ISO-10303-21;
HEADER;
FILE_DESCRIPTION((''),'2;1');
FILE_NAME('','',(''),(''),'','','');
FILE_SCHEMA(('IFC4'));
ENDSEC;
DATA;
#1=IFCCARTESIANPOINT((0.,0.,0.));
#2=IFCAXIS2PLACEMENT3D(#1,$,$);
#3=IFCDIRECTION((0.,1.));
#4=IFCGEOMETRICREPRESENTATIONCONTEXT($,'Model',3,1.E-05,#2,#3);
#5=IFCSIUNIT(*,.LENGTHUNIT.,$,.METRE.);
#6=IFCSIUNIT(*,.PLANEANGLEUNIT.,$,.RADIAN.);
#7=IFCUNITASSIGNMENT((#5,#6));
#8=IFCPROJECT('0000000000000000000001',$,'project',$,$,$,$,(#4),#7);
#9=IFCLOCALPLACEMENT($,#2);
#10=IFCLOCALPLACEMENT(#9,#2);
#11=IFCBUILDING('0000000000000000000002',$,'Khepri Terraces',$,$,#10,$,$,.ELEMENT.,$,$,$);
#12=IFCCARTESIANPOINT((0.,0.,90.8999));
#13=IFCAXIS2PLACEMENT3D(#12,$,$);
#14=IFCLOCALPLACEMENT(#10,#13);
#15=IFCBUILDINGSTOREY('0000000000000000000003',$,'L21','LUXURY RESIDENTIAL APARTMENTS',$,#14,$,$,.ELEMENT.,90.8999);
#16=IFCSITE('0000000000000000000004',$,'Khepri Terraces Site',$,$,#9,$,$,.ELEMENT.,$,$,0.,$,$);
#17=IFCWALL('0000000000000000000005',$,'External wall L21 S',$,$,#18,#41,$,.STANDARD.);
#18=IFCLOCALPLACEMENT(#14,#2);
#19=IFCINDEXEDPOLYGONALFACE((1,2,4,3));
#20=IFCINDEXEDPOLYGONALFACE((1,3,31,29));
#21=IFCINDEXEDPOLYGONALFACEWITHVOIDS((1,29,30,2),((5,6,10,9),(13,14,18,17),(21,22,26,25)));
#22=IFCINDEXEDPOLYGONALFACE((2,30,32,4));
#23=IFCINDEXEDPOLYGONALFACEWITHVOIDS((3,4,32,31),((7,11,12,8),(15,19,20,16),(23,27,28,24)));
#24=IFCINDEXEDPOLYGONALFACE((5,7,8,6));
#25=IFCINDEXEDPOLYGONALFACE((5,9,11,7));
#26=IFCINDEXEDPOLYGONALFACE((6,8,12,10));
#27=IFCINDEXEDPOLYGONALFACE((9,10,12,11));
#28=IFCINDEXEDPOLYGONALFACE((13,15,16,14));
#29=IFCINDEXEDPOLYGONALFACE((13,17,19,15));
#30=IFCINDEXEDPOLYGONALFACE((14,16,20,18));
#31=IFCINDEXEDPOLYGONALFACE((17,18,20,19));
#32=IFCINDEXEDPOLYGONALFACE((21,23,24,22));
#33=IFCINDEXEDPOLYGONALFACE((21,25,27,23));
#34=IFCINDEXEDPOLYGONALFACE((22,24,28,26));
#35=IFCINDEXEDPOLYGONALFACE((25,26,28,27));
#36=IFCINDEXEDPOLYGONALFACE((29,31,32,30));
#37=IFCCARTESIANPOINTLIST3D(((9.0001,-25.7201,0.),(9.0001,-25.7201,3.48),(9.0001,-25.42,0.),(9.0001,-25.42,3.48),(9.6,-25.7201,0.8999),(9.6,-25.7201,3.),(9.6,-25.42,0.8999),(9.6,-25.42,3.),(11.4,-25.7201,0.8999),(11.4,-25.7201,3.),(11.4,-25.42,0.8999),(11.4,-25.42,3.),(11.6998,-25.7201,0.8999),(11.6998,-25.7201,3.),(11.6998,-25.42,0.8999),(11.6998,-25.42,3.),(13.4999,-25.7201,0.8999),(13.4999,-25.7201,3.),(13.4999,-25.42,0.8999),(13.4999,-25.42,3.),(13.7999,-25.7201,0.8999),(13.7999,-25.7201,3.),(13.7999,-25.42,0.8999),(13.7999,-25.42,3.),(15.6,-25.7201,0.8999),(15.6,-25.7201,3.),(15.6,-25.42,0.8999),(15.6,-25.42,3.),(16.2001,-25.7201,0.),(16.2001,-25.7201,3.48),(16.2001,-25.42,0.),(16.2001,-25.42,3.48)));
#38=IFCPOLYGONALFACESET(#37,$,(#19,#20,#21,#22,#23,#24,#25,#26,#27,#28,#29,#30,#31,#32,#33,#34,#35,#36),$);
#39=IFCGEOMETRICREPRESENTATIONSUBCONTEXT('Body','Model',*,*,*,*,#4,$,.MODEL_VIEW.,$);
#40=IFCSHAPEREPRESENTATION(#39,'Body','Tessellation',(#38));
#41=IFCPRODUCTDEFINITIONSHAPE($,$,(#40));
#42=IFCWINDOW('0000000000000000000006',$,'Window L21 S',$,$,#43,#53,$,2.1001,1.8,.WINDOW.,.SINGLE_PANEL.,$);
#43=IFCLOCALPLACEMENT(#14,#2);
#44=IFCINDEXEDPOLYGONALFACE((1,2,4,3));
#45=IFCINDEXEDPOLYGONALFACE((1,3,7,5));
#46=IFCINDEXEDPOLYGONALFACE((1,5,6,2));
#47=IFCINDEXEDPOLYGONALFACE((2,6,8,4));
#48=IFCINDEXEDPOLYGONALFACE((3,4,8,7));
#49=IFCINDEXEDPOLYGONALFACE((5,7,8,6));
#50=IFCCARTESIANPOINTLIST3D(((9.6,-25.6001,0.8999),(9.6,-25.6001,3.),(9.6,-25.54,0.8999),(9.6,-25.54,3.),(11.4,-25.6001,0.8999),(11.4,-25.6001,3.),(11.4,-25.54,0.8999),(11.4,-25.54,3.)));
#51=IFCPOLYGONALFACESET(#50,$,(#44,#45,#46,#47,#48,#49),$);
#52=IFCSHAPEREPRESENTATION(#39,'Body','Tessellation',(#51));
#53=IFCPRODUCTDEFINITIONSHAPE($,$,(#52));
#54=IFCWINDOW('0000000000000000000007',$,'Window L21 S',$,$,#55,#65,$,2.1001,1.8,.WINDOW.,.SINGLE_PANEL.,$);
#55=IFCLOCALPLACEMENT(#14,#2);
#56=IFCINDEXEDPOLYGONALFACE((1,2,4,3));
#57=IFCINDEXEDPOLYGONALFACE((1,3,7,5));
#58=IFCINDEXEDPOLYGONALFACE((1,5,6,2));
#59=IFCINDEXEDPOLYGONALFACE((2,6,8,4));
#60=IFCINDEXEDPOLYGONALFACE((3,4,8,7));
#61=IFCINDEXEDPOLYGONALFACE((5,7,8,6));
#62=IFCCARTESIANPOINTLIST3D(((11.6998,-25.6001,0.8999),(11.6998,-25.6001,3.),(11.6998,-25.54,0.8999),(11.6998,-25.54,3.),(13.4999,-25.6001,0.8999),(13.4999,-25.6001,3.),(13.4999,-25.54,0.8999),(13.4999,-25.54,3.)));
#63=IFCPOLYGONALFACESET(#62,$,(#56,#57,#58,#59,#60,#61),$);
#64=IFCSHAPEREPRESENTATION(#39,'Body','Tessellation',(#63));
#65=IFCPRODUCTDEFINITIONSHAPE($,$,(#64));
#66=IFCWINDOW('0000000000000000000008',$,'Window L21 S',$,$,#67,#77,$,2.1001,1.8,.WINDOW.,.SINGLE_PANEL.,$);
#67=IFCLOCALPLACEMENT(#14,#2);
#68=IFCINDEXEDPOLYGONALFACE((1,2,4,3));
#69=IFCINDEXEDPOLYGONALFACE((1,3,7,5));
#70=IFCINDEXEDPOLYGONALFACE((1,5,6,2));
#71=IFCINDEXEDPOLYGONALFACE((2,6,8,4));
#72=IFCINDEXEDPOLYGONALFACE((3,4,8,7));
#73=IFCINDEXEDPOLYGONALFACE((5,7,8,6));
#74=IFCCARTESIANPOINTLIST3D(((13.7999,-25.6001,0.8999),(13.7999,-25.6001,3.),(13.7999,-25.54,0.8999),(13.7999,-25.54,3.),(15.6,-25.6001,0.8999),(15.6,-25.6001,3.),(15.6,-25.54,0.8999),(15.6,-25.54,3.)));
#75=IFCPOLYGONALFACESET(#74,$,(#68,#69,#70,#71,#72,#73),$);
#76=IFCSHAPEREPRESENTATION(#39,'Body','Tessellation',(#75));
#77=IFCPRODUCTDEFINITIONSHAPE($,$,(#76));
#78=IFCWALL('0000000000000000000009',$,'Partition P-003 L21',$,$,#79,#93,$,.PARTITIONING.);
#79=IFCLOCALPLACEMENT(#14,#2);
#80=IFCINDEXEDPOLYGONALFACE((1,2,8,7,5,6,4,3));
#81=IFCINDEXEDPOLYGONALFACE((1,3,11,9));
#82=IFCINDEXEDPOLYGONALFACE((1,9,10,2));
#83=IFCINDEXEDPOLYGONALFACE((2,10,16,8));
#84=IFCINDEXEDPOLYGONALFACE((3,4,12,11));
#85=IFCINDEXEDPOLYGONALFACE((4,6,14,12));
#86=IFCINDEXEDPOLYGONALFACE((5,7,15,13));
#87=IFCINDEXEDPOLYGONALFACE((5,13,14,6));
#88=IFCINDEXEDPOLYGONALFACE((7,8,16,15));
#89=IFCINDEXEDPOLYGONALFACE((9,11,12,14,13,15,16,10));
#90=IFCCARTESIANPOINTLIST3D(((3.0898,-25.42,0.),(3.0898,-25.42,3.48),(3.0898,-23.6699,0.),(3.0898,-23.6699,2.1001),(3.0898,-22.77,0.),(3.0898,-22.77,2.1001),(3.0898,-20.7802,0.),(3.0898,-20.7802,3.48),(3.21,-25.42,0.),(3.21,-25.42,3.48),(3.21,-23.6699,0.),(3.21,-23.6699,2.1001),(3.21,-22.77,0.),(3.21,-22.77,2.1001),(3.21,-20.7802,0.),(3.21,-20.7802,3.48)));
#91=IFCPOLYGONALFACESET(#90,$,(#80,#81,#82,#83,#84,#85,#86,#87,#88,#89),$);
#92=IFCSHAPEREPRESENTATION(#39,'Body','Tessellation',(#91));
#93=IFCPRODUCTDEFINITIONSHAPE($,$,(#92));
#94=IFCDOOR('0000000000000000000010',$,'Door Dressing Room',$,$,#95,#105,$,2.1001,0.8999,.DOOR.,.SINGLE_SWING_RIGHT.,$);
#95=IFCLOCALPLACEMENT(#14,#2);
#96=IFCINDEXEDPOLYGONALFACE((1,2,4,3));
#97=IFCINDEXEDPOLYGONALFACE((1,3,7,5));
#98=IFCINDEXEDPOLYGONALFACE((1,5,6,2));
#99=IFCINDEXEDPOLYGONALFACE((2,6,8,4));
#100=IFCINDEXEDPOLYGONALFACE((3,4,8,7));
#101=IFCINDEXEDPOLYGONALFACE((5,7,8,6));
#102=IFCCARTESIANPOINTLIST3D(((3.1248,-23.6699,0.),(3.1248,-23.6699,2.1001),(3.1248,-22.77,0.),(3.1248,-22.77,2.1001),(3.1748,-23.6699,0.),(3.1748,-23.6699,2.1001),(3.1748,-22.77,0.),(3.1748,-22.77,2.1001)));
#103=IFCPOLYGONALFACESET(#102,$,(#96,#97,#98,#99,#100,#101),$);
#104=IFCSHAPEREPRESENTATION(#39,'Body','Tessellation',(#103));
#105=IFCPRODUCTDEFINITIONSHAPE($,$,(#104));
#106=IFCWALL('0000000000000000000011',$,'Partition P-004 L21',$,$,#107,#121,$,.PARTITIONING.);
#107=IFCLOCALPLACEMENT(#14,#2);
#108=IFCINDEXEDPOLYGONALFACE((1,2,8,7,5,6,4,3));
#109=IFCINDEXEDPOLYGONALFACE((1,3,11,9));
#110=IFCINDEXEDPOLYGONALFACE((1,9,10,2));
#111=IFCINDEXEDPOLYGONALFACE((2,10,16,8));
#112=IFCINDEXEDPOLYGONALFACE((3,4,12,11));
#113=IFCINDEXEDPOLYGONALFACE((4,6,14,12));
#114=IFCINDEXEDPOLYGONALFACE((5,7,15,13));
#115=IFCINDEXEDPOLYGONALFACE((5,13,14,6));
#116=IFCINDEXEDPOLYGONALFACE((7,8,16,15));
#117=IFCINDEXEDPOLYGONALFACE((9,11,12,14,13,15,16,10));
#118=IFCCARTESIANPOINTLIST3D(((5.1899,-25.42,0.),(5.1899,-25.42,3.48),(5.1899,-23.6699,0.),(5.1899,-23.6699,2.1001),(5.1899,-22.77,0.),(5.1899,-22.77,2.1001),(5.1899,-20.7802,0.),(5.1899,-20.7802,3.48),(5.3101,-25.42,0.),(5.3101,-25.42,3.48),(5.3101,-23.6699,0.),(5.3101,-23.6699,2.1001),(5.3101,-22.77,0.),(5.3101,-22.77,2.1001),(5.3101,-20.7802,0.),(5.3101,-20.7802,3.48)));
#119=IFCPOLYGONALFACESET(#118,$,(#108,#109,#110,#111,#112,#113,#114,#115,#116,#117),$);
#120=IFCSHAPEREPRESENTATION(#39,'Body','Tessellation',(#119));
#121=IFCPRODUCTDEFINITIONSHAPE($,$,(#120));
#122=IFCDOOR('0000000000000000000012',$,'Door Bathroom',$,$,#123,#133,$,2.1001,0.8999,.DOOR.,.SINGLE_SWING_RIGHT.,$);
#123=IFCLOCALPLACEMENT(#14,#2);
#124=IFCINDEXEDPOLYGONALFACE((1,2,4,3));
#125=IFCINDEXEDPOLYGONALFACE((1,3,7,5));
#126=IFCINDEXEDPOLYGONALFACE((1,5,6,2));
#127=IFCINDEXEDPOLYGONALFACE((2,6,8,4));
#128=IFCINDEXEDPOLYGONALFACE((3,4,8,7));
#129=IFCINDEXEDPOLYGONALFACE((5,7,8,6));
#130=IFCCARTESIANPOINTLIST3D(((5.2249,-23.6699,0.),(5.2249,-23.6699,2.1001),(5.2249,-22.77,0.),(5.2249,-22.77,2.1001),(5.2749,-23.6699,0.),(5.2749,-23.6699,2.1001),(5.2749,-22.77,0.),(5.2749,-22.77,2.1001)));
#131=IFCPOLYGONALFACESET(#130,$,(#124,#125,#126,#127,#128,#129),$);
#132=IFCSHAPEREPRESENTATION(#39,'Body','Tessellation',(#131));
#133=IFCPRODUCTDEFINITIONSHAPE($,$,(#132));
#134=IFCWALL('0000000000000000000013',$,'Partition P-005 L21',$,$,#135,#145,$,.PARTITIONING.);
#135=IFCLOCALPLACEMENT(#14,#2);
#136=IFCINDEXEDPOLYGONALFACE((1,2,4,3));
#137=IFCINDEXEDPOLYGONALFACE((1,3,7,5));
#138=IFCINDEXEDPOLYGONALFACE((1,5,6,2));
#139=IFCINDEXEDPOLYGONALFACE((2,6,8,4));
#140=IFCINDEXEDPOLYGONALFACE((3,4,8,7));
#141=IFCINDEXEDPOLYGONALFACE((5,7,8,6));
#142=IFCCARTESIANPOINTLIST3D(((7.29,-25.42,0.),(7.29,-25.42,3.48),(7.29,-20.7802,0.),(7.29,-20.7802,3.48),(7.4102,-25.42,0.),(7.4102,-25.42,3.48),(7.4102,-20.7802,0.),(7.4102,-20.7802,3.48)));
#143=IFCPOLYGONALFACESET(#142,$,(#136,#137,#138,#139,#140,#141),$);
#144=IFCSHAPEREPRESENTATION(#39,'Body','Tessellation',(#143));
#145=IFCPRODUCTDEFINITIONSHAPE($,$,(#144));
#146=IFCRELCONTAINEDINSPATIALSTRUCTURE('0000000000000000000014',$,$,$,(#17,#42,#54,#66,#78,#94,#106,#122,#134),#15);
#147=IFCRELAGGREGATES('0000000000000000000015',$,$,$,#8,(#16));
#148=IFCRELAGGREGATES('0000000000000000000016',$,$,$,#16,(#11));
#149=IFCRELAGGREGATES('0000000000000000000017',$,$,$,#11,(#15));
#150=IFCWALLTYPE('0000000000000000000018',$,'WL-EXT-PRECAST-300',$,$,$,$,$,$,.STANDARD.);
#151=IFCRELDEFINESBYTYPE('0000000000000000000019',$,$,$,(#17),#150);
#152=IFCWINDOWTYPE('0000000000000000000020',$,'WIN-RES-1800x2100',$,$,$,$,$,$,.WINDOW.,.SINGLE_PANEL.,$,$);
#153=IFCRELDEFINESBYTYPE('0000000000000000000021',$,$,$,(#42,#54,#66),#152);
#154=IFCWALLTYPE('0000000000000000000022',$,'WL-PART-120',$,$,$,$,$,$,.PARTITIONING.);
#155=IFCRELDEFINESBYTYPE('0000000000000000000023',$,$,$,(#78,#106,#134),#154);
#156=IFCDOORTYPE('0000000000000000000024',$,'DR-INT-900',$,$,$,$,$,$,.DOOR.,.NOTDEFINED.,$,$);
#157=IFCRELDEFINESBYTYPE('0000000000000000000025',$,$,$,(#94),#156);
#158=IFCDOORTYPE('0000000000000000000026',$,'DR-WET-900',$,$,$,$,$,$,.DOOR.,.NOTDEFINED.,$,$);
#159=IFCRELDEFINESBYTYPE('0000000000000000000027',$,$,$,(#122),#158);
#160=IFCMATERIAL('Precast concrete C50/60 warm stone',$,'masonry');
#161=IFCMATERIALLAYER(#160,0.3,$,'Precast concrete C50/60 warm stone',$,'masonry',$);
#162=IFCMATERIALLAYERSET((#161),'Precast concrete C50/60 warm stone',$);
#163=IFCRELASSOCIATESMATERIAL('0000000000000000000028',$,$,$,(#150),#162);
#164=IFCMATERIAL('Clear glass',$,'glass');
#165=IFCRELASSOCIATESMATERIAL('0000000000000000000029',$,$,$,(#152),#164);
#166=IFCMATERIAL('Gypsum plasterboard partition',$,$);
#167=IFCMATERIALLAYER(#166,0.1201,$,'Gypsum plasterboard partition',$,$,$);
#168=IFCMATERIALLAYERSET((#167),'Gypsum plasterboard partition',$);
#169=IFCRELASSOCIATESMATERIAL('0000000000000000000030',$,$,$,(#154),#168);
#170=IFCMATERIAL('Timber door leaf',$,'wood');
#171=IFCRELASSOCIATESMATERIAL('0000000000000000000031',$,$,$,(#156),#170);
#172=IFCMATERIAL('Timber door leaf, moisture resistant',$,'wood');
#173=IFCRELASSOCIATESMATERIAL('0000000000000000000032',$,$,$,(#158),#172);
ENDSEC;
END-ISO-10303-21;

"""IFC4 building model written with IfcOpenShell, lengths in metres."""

from ifc_helpers import new_model, si_unit, direction, frame, frame_2d, origin, place, context, subcontext, project, spatial, rectangle, extrude, material, layer, layer_set, type_object, element, fill, save


model = new_model("IFC4")

# Units and contexts
model_context = context("Model", 3, precision=1e-05, world=origin(), true_north=direction((0.0, 1.0)))
body_context = subcontext(model_context, "Body", "Model", "MODEL_VIEW")
ifc_project = project(units=[si_unit("LENGTHUNIT", "METRE"), si_unit("PLANEANGLEUNIT", "RADIAN")], contexts=[model_context])

# Site, building, storey
site_placement = place(None, origin())
site = spatial("IfcSite", under=ifc_project, at=site_placement, Name="Khepri Terraces Site", CompositionType="ELEMENT", RefElevation=0.0)
building_placement = place(site_placement, origin())
building = spatial("IfcBuilding", under=site, at=building_placement, Name="Khepri Terraces", CompositionType="ELEMENT")
storey_placement = place(building_placement, frame((0.0, 0.0, 90.8999)))
storey = spatial("IfcBuildingStorey", under=building, at=storey_placement, Name="L21", Description="LUXURY RESIDENTIAL APARTMENTS", CompositionType="ELEMENT", Elevation=90.8999)

# Shared definitions
ifc_material_1 = material(Name="Precast concrete C50/60 warm stone", Category="masonry")
ifc_layer_1 = layer(ifc_material_1, 0.3, Name="Precast concrete C50/60 warm stone", Category="masonry")
ifc_layer_set_1 = layer_set([ifc_layer_1], Name="Precast concrete C50/60 warm stone")
wall_type_1 = type_object("IfcWallType", Name="WL-EXT-PRECAST-300", PredefinedType="STANDARD", material=ifc_layer_set_1)
ifc_material_2 = material(Name="Clear glass", Category="glass")
window_type = type_object("IfcWindowType", Name="WIN-RES-1800x2100", PartitioningType="SINGLE_PANEL", PredefinedType="WINDOW", material=ifc_material_2)

# Wall, openings, windows
wall_1_placement = place(storey_placement, frame((9.0, -25.5701, 0.0), z_axis=(0.0, 0.0, 1.0), x_axis=(1.0, 0.0, 0.0)))
wall_1 = element("IfcWall", 1, at=wall_1_placement, inside=storey, type_object=wall_type_1, Name="External wall L21 S", PredefinedType="STANDARD", context=body_context, shape_type="SweptSolid", body=[
    extrude(rectangle(XDim=7.2, YDim=0.3, at=frame_2d((3.6001, 0.0))), origin(), (0.0, 0.0, 1.0), 3.48),
])
opening_1_placement = place(wall_1_placement, frame((0.6001, 0.0, 0.8999)))
opening_1 = element("IfcOpeningElement", 2, at=opening_1_placement, cuts=wall_1, PredefinedType="OPENING", context=body_context, shape_type="SweptSolid", body=[
    extrude(rectangle(XDim=1.8, YDim=2.1001, at=frame_2d((0.8999, 1.05))), frame((0.0, 0.1602, 0.0), z_axis=(0.0, -1.0, 0.0), x_axis=(1.0, 0.0, 0.0)), (0.0, 0.0, 1.0), 0.3201),
])
opening_2_placement = place(wall_1_placement, frame((2.7, 0.0, 0.8999)))
opening_2 = element("IfcOpeningElement", 3, at=opening_2_placement, cuts=wall_1, PredefinedType="OPENING", context=body_context, shape_type="SweptSolid", body=[
    extrude(rectangle(XDim=1.8, YDim=2.1001, at=frame_2d((0.8999, 1.05))), frame((0.0, 0.1602, 0.0), z_axis=(0.0, -1.0, 0.0), x_axis=(1.0, 0.0, 0.0)), (0.0, 0.0, 1.0), 0.3201),
])
opening_3_placement = place(wall_1_placement, frame((4.8, 0.0, 0.8999)))
opening_3 = element("IfcOpeningElement", 4, at=opening_3_placement, cuts=wall_1, PredefinedType="OPENING", context=body_context, shape_type="SweptSolid", body=[
    extrude(rectangle(XDim=1.8, YDim=2.1001, at=frame_2d((0.8999, 1.05))), frame((0.0, 0.1602, 0.0), z_axis=(0.0, -1.0, 0.0), x_axis=(1.0, 0.0, 0.0)), (0.0, 0.0, 1.0), 0.3201),
])
window_1_placement = place(opening_1_placement, origin())
window_1 = element("IfcWindow", 5, at=window_1_placement, inside=storey, type_object=window_type, Name="Window L21 S", OverallHeight=2.1001, OverallWidth=1.8, PartitioningType="SINGLE_PANEL", PredefinedType="WINDOW", context=body_context, shape_type="SweptSolid", body=[
    extrude(rectangle(XDim=1.8, YDim=2.1001, at=frame_2d((0.8999, 1.05))), frame((0.0, 0.03, 0.0), z_axis=(0.0, -1.0, 0.0), x_axis=(1.0, 0.0, 0.0)), (0.0, 0.0, 1.0), 0.0601),
])
fill(opening_1, window_1)
window_2_placement = place(opening_2_placement, origin())
window_2 = element("IfcWindow", 6, at=window_2_placement, inside=storey, type_object=window_type, Name="Window L21 S", OverallHeight=2.1001, OverallWidth=1.8, PartitioningType="SINGLE_PANEL", PredefinedType="WINDOW", context=body_context, shape_type="SweptSolid", body=[
    extrude(rectangle(XDim=1.8, YDim=2.1001, at=frame_2d((0.8999, 1.05))), frame((0.0, 0.03, 0.0), z_axis=(0.0, -1.0, 0.0), x_axis=(1.0, 0.0, 0.0)), (0.0, 0.0, 1.0), 0.0601),
])
fill(opening_2, window_2)
window_3_placement = place(opening_3_placement, origin())
window_3 = element("IfcWindow", 7, at=window_3_placement, inside=storey, type_object=window_type, Name="Window L21 S", OverallHeight=2.1001, OverallWidth=1.8, PartitioningType="SINGLE_PANEL", PredefinedType="WINDOW", context=body_context, shape_type="SweptSolid", body=[
    extrude(rectangle(XDim=1.8, YDim=2.1001, at=frame_2d((0.8999, 1.05))), frame((0.0, 0.03, 0.0), z_axis=(0.0, -1.0, 0.0), x_axis=(1.0, 0.0, 0.0)), (0.0, 0.0, 1.0), 0.0601),
])
fill(opening_3, window_3)

# Walls, openings, doors
ifc_material_3 = material(Name="Gypsum plasterboard partition")
ifc_layer_2 = layer(ifc_material_3, 0.1201, Name="Gypsum plasterboard partition")
ifc_layer_set_2 = layer_set([ifc_layer_2], Name="Gypsum plasterboard partition")
wall_type_2 = type_object("IfcWallType", Name="WL-PART-120", PredefinedType="PARTITIONING", material=ifc_layer_set_2)
wall_2_placement = place(storey_placement, frame((3.1499, -25.4199, 0.0), z_axis=(0.0, 0.0, 1.0), x_axis=(0.0, 1.0, 0.0)))
wall_2 = element("IfcWall", 8, at=wall_2_placement, inside=storey, type_object=wall_type_2, Name="Partition P-003 L21", PredefinedType="PARTITIONING", context=body_context, shape_type="SweptSolid", body=[
    extrude(rectangle(XDim=4.6399, YDim=0.1201, at=frame_2d((2.3198, 0.0))), origin(), (0.0, 0.0, 1.0), 3.48),
])
opening_4_placement = place(wall_2_placement, frame((1.75, 0.0, 0.0)))
opening_4 = element("IfcOpeningElement", 9, at=opening_4_placement, cuts=wall_2, PredefinedType="OPENING", context=body_context, shape_type="SweptSolid", body=[
    extrude(rectangle(XDim=0.8999, YDim=2.1001, at=frame_2d((0.45, 1.05))), frame((0.0, 0.0701, 0.0), z_axis=(0.0, -1.0, 0.0), x_axis=(1.0, 0.0, 0.0)), (0.0, 0.0, 1.0), 0.1401),
])
ifc_material_4 = material(Name="Timber door leaf", Category="wood")
door_type_1 = type_object("IfcDoorType", Name="DR-INT-900", OperationType="NOTDEFINED", PredefinedType="DOOR", material=ifc_material_4)
door_1_placement = place(opening_4_placement, frame((0.8999, 0.0, 0.0), z_axis=(0.0, 0.0, 1.0), x_axis=(-1.0, 0.0, 0.0)))
door_1 = element("IfcDoor", 10, at=door_1_placement, inside=storey, type_object=door_type_1, Name="Door Dressing Room", OperationType="SINGLE_SWING_RIGHT", OverallHeight=2.1001, OverallWidth=0.8999, PredefinedType="DOOR", context=body_context, shape_type="SweptSolid", body=[
    extrude(rectangle(XDim=0.8999, YDim=2.1001, at=frame_2d((0.45, 1.05))), frame((0.0, 0.0249, 0.0), z_axis=(0.0, -1.0, 0.0), x_axis=(1.0, 0.0, 0.0)), (0.0, 0.0, 1.0), 0.05),
])
fill(opening_4, door_1)
wall_3_placement = place(storey_placement, frame((5.25, -25.4199, 0.0), z_axis=(0.0, 0.0, 1.0), x_axis=(0.0, 1.0, 0.0)))
wall_3 = element("IfcWall", 11, at=wall_3_placement, inside=storey, type_object=wall_type_2, Name="Partition P-004 L21", PredefinedType="PARTITIONING", context=body_context, shape_type="SweptSolid", body=[
    extrude(rectangle(XDim=4.6399, YDim=0.1201, at=frame_2d((2.3198, 0.0))), origin(), (0.0, 0.0, 1.0), 3.48),
])
opening_5_placement = place(wall_3_placement, frame((1.75, 0.0, 0.0)))
opening_5 = element("IfcOpeningElement", 12, at=opening_5_placement, cuts=wall_3, PredefinedType="OPENING", context=body_context, shape_type="SweptSolid", body=[
    extrude(rectangle(XDim=0.8999, YDim=2.1001, at=frame_2d((0.45, 1.05))), frame((0.0, 0.0701, 0.0), z_axis=(0.0, -1.0, 0.0), x_axis=(1.0, 0.0, 0.0)), (0.0, 0.0, 1.0), 0.1401),
])
ifc_material_5 = material(Name="Timber door leaf, moisture resistant", Category="wood")
door_type_2 = type_object("IfcDoorType", Name="DR-WET-900", OperationType="NOTDEFINED", PredefinedType="DOOR", material=ifc_material_5)
door_2_placement = place(opening_5_placement, frame((0.8999, 0.0, 0.0), z_axis=(0.0, 0.0, 1.0), x_axis=(-1.0, 0.0, 0.0)))
door_2 = element("IfcDoor", 13, at=door_2_placement, inside=storey, type_object=door_type_2, Name="Door Bathroom", OperationType="SINGLE_SWING_RIGHT", OverallHeight=2.1001, OverallWidth=0.8999, PredefinedType="DOOR", context=body_context, shape_type="SweptSolid", body=[
    extrude(rectangle(XDim=0.8999, YDim=2.1001, at=frame_2d((0.45, 1.05))), frame((0.0, 0.0249, 0.0), z_axis=(0.0, -1.0, 0.0), x_axis=(1.0, 0.0, 0.0)), (0.0, 0.0, 1.0), 0.05),
])
fill(opening_5, door_2)

# Wall
wall_4_placement = place(storey_placement, frame((7.3501, -25.4199, 0.0), z_axis=(0.0, 0.0, 1.0), x_axis=(0.0, 1.0, 0.0)))
element("IfcWall", 14, at=wall_4_placement, inside=storey, type_object=wall_type_2, Name="Partition P-005 L21", PredefinedType="PARTITIONING", context=body_context, shape_type="SweptSolid", body=[
    extrude(rectangle(XDim=4.6399, YDim=0.1201, at=frame_2d((2.3198, 0.0))), origin(), (0.0, 0.0, 1.0), 3.48),
])

save(model, "model.ifc")
